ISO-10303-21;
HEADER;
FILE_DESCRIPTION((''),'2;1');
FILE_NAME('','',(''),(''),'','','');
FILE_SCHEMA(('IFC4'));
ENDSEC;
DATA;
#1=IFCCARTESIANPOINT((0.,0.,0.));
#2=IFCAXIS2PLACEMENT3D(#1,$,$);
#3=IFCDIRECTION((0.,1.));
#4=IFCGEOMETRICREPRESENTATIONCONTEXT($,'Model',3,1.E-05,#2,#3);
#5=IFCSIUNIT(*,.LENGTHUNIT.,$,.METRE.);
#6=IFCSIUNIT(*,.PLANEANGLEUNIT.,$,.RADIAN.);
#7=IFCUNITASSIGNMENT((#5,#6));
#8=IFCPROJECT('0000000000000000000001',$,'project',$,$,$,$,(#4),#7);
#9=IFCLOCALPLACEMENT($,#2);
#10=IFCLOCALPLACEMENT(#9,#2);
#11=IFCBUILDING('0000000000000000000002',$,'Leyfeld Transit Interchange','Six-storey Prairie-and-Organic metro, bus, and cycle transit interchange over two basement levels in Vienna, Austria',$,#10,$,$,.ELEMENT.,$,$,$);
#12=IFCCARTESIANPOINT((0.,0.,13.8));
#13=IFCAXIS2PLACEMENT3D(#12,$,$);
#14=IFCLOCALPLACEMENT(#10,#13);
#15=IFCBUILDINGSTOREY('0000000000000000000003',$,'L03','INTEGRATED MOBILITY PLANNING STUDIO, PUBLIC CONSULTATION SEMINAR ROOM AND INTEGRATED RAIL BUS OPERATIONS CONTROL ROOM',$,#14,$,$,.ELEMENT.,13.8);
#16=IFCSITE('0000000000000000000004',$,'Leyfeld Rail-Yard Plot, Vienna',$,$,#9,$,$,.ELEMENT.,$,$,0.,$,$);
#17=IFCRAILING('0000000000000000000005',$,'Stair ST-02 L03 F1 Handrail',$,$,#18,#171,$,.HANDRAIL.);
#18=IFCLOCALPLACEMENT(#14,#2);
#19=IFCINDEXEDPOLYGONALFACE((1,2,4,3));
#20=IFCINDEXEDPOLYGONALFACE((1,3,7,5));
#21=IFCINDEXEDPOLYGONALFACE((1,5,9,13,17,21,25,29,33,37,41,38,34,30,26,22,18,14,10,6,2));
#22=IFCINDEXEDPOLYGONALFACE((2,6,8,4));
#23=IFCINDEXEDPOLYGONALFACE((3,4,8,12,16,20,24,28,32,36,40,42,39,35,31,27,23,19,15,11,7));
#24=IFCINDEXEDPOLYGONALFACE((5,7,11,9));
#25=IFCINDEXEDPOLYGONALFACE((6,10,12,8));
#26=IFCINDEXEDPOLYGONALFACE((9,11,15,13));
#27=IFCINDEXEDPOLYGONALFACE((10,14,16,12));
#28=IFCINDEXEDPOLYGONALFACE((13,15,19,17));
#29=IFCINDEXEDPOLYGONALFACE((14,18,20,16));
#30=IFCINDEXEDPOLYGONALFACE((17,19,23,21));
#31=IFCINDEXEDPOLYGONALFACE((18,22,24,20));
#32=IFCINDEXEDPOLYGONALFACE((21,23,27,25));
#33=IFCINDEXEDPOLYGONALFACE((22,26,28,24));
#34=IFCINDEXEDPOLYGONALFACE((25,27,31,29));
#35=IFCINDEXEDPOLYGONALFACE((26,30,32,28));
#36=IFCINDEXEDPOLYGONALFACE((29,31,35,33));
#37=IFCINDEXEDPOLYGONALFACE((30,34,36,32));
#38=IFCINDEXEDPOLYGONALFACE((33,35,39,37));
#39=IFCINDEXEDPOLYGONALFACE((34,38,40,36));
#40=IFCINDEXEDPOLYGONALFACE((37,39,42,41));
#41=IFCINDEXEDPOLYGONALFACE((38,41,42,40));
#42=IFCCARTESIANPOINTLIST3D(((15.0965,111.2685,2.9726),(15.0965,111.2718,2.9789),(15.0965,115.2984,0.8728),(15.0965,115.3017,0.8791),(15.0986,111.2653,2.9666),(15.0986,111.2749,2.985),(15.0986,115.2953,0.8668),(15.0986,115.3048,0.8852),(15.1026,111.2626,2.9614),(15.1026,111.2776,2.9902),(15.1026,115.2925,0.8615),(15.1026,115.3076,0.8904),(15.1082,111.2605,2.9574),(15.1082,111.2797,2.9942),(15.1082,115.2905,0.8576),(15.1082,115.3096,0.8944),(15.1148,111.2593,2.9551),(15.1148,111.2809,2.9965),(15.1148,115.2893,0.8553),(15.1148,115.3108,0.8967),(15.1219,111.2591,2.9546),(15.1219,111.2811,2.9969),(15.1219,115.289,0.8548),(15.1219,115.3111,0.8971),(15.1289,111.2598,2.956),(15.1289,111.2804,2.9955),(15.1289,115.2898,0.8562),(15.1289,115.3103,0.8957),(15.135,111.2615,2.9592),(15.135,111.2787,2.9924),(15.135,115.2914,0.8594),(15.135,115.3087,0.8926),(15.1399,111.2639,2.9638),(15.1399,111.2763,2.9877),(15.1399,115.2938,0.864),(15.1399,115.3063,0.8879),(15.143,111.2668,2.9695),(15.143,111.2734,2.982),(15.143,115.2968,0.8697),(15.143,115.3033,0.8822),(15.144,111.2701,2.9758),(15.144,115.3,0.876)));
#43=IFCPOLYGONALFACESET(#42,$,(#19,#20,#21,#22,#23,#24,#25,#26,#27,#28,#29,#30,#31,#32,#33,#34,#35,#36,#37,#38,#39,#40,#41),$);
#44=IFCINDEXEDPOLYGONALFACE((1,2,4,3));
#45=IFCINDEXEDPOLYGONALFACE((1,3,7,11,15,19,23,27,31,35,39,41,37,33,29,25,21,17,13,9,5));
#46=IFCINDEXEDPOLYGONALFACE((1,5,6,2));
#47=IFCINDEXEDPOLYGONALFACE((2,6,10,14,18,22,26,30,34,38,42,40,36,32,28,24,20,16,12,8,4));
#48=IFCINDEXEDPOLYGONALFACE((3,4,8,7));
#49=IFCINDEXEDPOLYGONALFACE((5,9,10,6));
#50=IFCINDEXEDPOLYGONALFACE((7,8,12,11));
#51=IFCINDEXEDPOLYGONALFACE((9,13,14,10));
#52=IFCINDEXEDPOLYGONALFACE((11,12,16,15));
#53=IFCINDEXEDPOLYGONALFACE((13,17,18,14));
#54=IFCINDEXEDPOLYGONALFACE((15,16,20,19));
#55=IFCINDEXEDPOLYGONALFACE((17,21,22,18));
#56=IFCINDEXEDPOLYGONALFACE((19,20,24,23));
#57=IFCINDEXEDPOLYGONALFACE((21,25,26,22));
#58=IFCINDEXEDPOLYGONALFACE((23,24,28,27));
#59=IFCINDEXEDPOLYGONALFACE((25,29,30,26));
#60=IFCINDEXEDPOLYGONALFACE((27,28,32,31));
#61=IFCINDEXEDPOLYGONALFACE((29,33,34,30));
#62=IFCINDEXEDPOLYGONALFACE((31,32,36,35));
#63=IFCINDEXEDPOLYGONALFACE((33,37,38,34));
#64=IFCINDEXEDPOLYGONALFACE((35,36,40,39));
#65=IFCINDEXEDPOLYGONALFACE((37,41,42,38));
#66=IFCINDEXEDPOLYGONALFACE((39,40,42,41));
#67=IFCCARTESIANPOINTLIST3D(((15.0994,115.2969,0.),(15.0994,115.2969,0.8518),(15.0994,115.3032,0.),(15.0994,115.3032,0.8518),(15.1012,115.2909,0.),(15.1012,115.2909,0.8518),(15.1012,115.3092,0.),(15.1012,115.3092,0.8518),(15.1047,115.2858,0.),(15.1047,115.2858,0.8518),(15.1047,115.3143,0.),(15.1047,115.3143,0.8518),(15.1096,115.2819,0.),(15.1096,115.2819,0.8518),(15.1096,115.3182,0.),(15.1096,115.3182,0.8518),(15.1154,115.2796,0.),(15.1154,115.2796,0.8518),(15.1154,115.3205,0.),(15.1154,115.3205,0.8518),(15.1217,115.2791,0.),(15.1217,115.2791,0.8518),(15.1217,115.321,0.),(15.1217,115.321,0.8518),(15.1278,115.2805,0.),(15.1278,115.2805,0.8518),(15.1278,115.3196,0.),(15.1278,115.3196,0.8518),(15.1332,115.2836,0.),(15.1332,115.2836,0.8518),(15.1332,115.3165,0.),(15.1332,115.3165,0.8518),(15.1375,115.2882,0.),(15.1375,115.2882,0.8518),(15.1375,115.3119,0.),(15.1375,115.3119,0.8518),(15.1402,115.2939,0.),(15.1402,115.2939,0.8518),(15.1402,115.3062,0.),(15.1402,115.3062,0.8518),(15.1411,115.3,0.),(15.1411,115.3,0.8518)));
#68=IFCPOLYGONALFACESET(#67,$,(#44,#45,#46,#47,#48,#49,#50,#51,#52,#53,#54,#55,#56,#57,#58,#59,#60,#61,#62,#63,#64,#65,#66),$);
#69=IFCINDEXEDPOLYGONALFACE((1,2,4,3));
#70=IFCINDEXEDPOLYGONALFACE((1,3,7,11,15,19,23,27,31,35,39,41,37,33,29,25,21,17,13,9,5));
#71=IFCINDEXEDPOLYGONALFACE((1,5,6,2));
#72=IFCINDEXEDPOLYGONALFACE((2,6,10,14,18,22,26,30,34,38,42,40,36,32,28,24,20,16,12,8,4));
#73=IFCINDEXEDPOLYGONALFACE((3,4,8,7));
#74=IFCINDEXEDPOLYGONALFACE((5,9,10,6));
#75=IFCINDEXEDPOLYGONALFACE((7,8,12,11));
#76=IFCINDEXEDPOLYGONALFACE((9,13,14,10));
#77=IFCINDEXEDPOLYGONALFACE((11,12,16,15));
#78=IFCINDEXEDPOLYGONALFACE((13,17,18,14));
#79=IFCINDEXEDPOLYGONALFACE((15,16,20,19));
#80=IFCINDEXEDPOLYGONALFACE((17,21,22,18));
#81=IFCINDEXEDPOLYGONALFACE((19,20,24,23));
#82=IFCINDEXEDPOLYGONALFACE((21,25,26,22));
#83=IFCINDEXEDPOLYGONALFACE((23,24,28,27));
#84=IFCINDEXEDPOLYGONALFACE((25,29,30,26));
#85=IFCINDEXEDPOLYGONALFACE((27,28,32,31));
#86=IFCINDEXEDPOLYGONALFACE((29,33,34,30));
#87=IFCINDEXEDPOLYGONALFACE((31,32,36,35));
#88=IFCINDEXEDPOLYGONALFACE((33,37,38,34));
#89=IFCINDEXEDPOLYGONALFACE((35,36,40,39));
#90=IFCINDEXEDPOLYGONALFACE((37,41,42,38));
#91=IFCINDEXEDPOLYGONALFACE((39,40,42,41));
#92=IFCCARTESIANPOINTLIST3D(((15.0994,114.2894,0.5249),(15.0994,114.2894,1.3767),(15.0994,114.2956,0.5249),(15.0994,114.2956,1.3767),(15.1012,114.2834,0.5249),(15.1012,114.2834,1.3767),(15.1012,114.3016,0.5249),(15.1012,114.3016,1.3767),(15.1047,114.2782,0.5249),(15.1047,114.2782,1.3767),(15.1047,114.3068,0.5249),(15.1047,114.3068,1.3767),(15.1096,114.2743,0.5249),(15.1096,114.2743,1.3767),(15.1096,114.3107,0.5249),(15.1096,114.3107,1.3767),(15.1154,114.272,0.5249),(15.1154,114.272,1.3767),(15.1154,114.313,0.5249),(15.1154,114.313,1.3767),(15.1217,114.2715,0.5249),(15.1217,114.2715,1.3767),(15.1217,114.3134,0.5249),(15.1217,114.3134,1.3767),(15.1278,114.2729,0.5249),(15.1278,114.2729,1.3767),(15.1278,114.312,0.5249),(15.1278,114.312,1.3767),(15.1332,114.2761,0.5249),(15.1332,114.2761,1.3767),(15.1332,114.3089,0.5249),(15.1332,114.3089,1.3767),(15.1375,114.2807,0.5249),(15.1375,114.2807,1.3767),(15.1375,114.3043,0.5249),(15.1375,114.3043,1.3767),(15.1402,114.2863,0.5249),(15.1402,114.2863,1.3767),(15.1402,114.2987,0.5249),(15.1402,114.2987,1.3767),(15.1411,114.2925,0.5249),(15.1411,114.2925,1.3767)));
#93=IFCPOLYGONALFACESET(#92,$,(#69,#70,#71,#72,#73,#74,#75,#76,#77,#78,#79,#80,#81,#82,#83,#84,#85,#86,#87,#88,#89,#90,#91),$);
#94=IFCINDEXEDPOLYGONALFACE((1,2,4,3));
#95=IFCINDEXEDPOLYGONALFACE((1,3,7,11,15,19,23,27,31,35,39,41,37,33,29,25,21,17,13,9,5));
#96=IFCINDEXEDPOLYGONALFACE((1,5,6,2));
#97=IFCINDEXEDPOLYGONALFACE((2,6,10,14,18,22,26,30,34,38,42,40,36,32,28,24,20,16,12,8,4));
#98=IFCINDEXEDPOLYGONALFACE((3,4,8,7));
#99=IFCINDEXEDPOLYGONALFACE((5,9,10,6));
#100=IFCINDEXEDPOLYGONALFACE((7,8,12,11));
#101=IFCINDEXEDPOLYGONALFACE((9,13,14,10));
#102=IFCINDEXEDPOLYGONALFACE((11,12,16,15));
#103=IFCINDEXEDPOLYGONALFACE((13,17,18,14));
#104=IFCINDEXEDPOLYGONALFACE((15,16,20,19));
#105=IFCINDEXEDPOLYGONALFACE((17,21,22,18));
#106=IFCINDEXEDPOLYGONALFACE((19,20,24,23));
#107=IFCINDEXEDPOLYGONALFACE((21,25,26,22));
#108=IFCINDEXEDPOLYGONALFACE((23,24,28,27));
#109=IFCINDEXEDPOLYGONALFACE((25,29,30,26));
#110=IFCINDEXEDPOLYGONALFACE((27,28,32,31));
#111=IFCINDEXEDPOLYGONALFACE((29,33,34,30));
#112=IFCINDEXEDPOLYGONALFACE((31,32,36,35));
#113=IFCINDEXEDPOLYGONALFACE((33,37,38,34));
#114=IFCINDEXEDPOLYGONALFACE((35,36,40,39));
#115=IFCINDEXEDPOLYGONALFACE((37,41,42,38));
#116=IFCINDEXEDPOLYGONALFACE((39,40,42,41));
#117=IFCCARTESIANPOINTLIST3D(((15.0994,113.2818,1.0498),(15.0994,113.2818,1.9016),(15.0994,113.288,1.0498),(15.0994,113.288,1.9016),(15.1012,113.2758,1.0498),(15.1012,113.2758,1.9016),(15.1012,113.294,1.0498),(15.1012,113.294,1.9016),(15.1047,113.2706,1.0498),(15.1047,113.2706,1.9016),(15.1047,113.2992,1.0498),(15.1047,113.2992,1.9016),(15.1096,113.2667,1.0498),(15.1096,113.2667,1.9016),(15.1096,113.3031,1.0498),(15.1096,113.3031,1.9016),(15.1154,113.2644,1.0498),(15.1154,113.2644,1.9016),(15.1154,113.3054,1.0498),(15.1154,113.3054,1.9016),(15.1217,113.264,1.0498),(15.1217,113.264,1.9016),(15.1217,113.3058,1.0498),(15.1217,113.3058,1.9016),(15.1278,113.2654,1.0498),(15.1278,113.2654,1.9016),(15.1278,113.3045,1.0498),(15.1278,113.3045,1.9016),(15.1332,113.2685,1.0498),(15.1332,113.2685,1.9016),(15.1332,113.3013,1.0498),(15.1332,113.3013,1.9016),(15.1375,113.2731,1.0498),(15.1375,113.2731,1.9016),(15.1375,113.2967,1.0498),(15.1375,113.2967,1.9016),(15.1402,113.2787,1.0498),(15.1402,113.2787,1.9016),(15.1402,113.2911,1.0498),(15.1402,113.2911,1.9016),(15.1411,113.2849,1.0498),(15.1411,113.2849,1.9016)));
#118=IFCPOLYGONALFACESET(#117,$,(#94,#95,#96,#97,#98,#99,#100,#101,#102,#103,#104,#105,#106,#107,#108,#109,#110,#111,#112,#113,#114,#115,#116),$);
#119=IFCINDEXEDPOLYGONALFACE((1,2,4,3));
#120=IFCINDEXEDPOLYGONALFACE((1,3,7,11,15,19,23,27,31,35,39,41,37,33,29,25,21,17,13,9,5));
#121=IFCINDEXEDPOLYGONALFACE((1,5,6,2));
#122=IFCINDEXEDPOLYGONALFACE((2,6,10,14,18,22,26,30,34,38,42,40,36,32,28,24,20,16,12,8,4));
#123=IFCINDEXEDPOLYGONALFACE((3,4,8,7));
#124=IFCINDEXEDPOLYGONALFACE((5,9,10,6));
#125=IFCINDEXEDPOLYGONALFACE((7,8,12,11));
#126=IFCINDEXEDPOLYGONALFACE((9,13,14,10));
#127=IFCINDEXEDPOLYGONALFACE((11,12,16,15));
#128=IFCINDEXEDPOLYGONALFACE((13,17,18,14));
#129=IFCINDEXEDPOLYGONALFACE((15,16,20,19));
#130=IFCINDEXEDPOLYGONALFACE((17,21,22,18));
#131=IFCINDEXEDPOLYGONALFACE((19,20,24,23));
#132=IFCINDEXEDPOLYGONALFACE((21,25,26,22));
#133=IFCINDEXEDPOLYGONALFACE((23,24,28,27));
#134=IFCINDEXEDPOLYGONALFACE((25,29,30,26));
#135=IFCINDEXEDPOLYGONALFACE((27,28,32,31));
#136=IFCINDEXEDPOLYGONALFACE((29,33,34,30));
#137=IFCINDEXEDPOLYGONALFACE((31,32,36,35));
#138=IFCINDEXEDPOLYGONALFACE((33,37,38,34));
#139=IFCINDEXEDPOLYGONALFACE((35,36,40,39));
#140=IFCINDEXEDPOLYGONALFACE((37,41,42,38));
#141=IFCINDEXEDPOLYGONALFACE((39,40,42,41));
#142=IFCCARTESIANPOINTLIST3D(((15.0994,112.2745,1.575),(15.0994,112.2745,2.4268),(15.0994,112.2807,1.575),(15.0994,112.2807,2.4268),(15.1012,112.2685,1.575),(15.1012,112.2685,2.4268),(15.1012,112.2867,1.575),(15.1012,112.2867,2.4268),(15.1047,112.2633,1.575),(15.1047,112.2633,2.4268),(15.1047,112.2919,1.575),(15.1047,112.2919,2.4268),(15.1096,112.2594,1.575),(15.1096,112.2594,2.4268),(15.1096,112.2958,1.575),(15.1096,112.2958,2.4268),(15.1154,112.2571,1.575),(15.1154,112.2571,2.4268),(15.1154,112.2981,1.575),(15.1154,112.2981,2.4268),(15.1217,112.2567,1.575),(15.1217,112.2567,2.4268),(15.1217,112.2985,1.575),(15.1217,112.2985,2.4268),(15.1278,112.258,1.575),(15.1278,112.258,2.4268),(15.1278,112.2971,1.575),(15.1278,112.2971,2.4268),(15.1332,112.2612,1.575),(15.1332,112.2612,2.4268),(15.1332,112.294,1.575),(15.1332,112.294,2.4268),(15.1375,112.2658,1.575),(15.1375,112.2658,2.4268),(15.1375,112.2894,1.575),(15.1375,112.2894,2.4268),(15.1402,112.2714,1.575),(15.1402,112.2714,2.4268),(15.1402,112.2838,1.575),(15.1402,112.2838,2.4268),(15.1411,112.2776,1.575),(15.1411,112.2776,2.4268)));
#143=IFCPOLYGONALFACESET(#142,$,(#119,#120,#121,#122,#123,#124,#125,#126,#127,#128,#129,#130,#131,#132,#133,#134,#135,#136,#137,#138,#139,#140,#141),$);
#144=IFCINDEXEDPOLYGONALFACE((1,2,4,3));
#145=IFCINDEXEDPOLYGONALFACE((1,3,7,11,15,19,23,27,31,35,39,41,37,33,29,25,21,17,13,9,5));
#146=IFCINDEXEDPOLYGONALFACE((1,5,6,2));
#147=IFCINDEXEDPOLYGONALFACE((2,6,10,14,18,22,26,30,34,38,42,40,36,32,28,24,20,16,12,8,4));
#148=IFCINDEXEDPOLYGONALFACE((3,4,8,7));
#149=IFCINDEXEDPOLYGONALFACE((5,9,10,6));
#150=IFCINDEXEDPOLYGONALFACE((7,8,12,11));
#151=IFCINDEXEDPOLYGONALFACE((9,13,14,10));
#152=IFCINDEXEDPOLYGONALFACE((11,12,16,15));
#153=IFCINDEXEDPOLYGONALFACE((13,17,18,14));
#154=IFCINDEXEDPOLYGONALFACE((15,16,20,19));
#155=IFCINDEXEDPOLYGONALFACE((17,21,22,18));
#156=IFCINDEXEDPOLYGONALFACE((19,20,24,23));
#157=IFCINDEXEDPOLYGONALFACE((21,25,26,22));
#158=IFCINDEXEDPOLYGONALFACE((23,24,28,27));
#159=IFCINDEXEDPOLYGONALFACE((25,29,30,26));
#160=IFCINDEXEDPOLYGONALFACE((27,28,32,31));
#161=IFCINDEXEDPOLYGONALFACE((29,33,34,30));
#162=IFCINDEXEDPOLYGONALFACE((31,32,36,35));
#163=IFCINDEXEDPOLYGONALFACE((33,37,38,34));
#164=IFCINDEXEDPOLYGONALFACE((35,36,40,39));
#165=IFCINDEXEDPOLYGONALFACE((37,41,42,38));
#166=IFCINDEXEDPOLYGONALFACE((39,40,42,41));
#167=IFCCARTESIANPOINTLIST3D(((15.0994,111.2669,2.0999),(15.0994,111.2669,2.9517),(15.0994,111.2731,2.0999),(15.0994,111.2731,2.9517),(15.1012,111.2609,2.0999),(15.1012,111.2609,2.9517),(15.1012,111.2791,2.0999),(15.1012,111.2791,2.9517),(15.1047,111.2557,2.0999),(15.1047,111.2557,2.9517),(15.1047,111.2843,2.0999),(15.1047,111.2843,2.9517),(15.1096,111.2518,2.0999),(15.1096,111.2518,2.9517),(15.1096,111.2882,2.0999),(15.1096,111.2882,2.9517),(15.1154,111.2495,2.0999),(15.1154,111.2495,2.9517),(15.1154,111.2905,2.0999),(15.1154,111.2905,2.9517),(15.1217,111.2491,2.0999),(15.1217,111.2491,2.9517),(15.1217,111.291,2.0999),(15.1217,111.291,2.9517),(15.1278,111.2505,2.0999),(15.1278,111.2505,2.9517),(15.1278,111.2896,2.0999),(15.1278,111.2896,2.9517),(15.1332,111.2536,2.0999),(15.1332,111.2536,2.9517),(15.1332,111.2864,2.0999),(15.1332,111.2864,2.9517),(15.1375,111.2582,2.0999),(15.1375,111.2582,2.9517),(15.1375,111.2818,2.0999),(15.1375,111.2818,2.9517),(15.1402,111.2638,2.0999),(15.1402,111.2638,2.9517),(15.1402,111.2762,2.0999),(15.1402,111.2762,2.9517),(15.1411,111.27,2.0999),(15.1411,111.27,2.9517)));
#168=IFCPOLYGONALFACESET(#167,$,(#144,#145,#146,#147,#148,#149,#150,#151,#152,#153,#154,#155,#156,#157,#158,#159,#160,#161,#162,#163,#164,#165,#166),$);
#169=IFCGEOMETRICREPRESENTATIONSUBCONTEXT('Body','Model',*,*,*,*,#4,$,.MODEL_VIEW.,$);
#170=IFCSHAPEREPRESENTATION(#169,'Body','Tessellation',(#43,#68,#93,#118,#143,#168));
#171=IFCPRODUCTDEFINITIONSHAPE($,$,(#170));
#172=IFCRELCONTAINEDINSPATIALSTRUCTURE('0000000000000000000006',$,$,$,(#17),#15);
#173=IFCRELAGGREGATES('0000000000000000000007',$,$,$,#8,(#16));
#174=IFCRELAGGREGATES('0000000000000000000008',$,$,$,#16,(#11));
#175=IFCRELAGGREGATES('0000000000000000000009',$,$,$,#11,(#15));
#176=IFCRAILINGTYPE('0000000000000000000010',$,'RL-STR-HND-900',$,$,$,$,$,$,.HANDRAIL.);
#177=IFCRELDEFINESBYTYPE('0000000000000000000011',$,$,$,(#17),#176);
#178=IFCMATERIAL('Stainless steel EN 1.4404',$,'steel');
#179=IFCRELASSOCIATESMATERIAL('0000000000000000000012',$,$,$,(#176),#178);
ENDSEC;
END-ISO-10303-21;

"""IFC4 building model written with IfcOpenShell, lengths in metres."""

from ifc_helpers import new_model, si_unit, direction, frame, origin, origin_2d, place, context, subcontext, project, spatial, circle, extrude, material, type_object, element, save


model = new_model("IFC4")

# Units and contexts
model_context = context("Model", 3, precision=1e-05, world=origin(), true_north=direction((0.0, 1.0)))
body_context = subcontext(model_context, "Body", "Model", "MODEL_VIEW")
ifc_project = project(units=[si_unit("LENGTHUNIT", "METRE"), si_unit("PLANEANGLEUNIT", "RADIAN")], contexts=[model_context])

# Site, building, storey
site_placement = place(None, origin())
site = spatial("IfcSite", under=ifc_project, at=site_placement, Name="Leyfeld Rail-Yard Plot, Vienna", CompositionType="ELEMENT", RefElevation=0.0)
building_placement = place(site_placement, origin())
building = spatial("IfcBuilding", under=site, at=building_placement, Name="Leyfeld Transit Interchange", Description="Six-storey Prairie-and-Organic metro, bus, and cycle transit interchange over two basement levels in Vienna, Austria", CompositionType="ELEMENT")
storey_placement = place(building_placement, frame((0.0, 0.0, 13.8)))
storey = spatial("IfcBuildingStorey", under=building, at=storey_placement, Name="L03", Description="INTEGRATED MOBILITY PLANNING STUDIO, PUBLIC CONSULTATION SEMINAR ROOM AND INTEGRATED RAIL BUS OPERATIONS CONTROL ROOM", CompositionType="ELEMENT", Elevation=13.8)

# Shared definitions
ifc_material_1 = material(Name="Stainless steel EN 1.4404", Category="steel")

# Railing
railing_type_1 = type_object("IfcRailingType", Name="RL-STR-HND-900", PredefinedType="HANDRAIL", material=ifc_material_1)
railing_1_placement = place(storey_placement, frame((15.1201, 115.3, 0.0)))
element("IfcRailing", 1, at=railing_1_placement, inside=storey, type_object=railing_type_1, Name="Stair ST-02 L03 F1 Handrail", PredefinedType="HANDRAIL", context=body_context, shape_type="SweptSolid", body=[
    extrude(circle(Radius=0.0239, at=origin_2d()), frame((0.0, 0.0, 0.876), z_axis=(0.0, -0.886835, 0.462087), x_axis=(1.0, 0.0, 0.0)), (0.0, 0.0, 1.0), 4.5442),
    extrude(circle(Radius=0.021, at=origin_2d()), origin(), (0.0, 0.0, 1.0), 0.8518),
    extrude(circle(Radius=0.021, at=origin_2d()), frame((0.0, -1.0076, 0.5249)), (0.0, 0.0, 1.0), 0.8518),
    extrude(circle(Radius=0.021, at=origin_2d()), frame((0.0, -2.0151, 1.0498)), (0.0, 0.0, 1.0), 0.8518),
    extrude(circle(Radius=0.021, at=origin_2d()), frame((0.0, -3.0225, 1.575)), (0.0, 0.0, 1.0), 0.8518),
    extrude(circle(Radius=0.021, at=origin_2d()), frame((0.0, -4.03, 2.0999)), (0.0, 0.0, 1.0), 0.8518),
])

save(model, "model.ifc")
